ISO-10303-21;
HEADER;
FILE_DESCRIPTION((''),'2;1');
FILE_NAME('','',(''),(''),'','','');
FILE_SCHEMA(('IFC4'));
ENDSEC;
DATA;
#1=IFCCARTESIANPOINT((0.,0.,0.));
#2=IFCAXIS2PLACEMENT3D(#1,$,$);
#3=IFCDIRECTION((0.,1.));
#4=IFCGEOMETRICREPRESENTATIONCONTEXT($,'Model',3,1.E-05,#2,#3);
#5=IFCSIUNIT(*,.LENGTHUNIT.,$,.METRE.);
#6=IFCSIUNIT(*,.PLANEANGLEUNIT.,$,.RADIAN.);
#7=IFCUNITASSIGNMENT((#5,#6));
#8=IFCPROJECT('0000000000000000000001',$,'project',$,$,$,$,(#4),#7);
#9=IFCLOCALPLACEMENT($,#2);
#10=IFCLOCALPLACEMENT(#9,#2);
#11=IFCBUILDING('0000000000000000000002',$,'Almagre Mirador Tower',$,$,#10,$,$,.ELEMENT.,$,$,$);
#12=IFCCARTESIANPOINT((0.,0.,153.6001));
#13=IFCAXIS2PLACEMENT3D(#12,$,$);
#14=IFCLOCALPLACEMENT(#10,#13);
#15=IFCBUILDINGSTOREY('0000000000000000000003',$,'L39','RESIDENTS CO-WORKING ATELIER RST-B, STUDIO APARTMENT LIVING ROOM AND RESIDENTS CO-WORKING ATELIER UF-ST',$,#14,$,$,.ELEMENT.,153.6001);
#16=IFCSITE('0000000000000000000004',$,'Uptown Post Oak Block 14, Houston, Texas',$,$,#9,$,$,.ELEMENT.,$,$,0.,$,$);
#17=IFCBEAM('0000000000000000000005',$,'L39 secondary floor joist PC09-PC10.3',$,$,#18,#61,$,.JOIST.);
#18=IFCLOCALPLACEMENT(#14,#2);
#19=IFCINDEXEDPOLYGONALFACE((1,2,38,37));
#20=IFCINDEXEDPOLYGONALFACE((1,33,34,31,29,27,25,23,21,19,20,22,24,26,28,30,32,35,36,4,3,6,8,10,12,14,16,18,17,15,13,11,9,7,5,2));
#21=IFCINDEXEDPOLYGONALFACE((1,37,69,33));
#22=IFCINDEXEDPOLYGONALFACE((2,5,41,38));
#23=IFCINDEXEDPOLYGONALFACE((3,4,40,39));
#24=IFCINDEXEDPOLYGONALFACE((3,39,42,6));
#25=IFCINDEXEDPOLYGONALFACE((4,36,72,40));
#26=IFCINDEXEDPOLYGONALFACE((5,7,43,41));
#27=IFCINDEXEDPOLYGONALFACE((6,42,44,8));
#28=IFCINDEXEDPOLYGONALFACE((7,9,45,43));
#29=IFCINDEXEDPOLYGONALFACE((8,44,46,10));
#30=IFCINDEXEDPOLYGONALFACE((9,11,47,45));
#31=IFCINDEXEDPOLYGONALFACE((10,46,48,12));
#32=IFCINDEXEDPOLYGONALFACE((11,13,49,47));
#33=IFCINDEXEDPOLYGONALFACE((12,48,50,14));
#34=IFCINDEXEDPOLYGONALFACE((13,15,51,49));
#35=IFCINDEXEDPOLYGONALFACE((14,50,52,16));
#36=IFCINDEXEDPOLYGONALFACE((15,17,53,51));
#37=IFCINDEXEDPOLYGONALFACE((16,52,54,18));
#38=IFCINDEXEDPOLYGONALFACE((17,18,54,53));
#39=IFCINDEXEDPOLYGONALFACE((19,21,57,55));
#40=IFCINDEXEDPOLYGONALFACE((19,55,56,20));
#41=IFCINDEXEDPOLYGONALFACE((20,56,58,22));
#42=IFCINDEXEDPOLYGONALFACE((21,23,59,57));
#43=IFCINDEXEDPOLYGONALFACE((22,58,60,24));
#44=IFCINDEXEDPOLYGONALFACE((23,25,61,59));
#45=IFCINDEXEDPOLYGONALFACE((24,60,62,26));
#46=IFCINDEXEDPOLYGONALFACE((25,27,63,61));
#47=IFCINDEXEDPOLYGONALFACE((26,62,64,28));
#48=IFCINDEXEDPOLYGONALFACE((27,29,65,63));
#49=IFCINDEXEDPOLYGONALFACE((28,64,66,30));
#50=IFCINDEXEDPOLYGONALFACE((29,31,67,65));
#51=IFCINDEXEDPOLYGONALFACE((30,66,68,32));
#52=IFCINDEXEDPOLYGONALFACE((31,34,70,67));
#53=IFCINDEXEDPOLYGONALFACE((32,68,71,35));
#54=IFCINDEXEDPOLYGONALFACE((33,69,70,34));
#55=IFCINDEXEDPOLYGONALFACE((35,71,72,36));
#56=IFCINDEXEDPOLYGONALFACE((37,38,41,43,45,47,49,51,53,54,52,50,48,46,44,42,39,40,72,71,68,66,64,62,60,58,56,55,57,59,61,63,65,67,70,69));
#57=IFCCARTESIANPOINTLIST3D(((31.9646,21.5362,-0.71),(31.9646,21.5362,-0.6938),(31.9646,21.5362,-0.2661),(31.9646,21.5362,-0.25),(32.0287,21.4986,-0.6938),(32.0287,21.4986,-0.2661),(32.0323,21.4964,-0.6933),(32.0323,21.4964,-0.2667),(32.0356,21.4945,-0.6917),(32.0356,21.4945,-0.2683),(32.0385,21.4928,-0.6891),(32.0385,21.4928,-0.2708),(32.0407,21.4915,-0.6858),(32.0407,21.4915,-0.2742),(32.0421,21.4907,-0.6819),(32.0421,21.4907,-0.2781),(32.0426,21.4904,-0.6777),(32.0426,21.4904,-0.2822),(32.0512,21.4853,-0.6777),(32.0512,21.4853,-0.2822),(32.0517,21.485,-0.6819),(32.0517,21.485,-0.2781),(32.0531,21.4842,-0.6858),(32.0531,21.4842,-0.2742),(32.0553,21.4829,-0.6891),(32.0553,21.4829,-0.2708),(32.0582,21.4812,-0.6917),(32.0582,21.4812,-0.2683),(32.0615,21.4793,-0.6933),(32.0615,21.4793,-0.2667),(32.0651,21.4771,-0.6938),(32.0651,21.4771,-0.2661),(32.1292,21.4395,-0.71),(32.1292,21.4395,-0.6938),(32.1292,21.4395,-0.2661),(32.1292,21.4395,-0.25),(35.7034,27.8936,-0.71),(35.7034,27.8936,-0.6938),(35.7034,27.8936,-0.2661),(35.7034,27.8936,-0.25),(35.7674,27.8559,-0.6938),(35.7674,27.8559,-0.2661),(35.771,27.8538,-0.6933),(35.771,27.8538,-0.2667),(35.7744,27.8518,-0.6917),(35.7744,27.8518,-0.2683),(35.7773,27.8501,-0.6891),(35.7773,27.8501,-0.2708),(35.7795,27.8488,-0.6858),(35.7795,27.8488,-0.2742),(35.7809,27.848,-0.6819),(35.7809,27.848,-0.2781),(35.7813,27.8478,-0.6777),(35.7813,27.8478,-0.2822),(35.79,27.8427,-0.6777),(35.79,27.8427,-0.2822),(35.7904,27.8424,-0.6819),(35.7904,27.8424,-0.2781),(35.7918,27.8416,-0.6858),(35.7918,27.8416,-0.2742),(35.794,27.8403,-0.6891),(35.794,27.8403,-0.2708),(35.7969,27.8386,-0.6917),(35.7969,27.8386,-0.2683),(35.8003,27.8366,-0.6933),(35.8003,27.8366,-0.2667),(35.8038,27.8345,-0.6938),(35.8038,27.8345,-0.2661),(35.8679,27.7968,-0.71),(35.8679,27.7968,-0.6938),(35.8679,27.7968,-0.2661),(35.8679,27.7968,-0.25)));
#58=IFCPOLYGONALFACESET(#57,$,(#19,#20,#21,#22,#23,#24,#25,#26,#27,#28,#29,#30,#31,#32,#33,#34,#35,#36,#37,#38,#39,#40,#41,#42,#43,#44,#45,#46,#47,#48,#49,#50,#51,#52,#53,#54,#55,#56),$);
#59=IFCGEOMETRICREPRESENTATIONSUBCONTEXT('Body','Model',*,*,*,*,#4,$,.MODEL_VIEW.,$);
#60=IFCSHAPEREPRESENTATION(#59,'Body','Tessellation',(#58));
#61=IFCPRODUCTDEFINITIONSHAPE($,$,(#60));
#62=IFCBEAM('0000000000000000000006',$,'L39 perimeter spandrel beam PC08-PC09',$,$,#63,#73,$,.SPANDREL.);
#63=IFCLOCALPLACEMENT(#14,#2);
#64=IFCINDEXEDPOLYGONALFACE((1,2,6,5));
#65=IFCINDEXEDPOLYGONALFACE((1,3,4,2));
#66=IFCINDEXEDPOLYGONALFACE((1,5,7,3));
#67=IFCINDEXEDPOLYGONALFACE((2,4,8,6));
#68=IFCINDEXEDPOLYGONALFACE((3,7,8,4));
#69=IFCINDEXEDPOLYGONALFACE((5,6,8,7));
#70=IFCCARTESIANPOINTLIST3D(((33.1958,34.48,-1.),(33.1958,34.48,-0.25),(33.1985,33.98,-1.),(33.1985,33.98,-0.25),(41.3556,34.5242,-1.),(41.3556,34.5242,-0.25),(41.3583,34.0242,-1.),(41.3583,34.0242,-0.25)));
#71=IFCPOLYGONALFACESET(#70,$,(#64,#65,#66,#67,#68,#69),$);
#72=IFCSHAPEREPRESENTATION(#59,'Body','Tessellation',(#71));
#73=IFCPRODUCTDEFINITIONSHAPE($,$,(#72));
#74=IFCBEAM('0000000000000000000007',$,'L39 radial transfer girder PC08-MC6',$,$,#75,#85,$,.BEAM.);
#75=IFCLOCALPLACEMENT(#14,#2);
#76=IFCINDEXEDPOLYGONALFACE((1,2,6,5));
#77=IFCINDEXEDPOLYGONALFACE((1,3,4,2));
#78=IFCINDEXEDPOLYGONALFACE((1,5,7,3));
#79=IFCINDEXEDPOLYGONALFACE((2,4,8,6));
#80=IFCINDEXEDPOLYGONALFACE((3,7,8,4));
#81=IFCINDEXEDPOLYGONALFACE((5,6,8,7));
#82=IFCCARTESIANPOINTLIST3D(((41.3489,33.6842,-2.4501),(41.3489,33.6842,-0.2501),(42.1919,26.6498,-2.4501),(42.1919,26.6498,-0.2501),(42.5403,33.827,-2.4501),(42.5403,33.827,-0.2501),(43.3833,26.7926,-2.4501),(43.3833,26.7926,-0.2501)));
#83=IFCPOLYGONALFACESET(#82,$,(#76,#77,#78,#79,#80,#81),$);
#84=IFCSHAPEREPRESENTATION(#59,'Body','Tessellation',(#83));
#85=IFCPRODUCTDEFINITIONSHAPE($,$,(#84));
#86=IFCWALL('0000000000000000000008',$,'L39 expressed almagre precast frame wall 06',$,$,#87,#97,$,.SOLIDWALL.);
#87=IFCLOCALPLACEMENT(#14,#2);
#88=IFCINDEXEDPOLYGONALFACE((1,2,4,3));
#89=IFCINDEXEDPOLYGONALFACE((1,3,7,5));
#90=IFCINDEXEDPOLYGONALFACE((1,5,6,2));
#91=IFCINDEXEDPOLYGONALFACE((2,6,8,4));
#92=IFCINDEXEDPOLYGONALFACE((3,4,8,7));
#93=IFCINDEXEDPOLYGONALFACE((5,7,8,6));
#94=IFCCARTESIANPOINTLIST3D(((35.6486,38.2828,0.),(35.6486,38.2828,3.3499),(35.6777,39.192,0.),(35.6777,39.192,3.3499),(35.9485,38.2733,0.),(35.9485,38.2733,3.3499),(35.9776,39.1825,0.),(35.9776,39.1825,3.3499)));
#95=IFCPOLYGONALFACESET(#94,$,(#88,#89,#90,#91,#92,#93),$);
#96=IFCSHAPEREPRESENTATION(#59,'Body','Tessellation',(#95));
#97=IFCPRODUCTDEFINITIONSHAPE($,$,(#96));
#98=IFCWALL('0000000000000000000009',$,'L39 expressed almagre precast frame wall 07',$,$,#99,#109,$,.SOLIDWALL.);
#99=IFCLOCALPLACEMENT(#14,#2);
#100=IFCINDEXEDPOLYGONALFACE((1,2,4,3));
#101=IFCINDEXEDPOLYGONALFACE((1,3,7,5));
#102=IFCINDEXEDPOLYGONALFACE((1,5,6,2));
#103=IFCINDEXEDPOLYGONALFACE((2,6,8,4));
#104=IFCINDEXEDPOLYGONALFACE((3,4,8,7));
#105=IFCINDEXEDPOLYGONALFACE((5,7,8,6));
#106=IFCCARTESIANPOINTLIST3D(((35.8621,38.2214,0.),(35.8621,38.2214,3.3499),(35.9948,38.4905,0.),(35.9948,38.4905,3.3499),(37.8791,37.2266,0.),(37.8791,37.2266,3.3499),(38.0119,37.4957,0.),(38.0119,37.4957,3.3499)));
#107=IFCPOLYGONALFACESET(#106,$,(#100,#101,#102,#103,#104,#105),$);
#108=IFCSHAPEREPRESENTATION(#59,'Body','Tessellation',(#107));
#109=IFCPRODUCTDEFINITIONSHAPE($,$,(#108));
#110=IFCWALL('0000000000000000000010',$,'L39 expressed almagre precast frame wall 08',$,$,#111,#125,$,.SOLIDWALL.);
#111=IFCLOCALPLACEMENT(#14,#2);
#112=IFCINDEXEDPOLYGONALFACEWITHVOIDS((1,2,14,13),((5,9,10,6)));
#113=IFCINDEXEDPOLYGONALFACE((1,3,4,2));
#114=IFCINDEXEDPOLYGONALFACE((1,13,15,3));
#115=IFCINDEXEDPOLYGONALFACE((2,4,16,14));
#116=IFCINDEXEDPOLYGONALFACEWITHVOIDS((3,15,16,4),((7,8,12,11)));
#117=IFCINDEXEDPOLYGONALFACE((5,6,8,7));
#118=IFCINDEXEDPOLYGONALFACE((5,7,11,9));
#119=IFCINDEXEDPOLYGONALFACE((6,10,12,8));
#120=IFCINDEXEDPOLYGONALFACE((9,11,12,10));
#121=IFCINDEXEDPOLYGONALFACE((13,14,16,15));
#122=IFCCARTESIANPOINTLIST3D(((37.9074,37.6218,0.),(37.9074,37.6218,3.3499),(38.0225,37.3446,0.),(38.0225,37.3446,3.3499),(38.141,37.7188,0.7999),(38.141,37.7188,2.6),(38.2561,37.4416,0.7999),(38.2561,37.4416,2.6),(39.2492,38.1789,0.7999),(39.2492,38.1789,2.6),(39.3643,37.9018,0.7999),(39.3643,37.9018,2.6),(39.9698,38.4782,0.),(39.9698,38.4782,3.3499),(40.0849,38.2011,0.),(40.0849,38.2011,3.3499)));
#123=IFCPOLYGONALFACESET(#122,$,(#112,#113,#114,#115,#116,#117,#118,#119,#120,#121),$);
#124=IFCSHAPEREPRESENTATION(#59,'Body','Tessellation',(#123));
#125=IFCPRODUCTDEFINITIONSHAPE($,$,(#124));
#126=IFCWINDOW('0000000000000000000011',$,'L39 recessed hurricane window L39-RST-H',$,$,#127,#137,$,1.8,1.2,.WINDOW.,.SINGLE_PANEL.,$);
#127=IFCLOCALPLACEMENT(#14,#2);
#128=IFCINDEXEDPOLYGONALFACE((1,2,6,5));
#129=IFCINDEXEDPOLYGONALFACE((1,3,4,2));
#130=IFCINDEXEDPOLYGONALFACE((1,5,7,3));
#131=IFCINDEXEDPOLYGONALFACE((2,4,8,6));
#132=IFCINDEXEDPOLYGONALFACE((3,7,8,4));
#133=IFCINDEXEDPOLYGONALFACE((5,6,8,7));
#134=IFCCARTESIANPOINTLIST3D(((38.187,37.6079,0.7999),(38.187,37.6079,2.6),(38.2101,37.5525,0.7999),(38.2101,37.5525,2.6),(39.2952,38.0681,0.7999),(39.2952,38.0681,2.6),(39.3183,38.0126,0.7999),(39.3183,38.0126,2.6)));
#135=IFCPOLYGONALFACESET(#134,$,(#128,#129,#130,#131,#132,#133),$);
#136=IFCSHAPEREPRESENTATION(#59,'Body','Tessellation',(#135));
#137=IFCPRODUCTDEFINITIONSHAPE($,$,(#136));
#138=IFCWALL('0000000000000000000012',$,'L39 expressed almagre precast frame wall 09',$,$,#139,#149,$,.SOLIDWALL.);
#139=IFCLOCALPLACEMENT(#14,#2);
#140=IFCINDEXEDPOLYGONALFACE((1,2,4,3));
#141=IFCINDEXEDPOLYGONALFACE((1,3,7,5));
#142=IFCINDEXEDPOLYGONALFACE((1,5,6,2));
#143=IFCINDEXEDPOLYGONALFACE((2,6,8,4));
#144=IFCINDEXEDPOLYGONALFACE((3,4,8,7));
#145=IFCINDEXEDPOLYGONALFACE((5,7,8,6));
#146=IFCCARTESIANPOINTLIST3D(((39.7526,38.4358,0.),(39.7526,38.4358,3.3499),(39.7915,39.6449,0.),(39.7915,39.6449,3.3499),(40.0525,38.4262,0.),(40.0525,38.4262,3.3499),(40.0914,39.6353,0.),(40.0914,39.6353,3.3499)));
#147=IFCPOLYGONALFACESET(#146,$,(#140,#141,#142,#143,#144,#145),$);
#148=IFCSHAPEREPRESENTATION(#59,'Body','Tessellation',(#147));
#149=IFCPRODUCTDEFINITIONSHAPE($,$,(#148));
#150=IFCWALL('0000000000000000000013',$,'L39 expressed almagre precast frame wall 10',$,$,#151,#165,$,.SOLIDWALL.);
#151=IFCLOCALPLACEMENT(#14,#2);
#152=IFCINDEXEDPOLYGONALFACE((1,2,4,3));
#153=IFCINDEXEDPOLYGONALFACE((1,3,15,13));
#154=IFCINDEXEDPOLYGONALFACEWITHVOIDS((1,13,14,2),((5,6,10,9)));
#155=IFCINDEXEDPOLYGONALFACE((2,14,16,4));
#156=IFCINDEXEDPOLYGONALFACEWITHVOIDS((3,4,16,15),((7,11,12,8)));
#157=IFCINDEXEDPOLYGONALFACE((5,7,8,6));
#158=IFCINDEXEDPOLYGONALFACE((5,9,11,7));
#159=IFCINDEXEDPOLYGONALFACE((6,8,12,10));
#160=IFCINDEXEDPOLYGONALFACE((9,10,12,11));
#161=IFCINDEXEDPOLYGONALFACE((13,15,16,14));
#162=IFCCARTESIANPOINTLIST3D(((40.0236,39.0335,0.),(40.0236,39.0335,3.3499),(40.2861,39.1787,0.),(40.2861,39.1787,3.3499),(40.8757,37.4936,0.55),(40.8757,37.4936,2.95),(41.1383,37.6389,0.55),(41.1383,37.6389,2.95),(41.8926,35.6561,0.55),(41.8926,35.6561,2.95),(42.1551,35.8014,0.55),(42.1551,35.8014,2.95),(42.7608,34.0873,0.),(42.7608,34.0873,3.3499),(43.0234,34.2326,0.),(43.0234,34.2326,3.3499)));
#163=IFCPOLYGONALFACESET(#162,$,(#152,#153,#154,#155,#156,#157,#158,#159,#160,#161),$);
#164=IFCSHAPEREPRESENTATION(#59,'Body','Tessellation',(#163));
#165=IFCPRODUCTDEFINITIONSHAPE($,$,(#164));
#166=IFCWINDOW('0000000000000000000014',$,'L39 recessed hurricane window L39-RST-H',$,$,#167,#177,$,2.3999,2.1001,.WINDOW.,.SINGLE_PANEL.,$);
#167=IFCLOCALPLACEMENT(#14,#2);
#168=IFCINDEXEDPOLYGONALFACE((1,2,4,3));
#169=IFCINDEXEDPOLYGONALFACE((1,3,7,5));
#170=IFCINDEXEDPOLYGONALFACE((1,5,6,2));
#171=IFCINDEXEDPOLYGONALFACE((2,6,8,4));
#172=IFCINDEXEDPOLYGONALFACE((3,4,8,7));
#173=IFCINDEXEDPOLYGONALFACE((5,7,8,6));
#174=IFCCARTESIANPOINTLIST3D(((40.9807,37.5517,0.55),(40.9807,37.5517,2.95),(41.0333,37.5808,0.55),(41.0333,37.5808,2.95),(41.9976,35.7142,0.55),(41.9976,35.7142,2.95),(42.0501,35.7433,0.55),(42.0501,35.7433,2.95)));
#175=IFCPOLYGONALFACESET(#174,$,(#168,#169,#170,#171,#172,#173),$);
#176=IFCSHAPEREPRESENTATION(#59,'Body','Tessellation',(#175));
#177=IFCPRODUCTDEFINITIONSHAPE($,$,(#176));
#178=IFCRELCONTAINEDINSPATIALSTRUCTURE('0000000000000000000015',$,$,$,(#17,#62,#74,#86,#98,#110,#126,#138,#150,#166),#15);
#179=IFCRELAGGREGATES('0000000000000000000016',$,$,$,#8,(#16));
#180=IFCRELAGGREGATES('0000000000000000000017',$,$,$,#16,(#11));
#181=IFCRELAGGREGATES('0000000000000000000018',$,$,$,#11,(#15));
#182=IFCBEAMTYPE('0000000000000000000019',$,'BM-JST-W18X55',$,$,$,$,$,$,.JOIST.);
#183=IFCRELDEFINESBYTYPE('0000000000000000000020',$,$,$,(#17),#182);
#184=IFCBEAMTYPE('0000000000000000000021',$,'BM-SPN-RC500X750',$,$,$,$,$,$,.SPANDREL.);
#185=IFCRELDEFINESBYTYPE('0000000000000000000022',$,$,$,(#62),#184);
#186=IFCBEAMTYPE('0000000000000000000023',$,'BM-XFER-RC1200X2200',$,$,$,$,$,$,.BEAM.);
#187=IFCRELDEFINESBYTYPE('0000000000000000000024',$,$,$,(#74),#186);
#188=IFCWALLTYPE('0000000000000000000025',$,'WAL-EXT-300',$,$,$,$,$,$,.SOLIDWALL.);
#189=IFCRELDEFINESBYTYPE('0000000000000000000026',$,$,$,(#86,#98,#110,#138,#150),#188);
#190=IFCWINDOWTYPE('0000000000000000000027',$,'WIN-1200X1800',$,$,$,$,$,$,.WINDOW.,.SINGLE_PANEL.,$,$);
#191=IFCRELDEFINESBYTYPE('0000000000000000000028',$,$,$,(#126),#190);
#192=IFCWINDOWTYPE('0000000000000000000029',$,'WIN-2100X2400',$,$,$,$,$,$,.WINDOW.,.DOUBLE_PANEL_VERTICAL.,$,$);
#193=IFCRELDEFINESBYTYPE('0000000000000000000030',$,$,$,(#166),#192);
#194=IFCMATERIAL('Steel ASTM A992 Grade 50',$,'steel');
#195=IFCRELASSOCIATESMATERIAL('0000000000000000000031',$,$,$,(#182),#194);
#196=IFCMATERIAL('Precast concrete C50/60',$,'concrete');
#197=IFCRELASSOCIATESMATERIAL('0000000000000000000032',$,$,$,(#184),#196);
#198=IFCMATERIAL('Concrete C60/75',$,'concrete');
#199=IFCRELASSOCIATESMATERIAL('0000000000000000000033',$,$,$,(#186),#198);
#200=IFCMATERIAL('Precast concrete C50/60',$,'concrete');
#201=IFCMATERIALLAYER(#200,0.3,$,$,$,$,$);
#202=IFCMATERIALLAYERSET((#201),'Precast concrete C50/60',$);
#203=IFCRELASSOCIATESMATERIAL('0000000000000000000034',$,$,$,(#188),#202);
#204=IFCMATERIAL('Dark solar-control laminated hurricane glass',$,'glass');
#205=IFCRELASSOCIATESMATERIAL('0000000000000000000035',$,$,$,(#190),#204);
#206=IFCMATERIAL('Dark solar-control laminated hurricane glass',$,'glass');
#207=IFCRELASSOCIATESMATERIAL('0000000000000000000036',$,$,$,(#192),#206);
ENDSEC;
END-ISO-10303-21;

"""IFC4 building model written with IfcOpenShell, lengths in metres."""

from ifc_helpers import new_model, si_unit, direction, frame, frame_2d, origin, origin_2d, place, context, subcontext, project, spatial, rectangle, i_section, extrude, material, layer, layer_set, material_profile, profile_set, type_object, element, fill, save


model = new_model("IFC4")

# Units and contexts
model_context = context("Model", 3, precision=1e-05, world=origin(), true_north=direction((0.0, 1.0)))
body_context = subcontext(model_context, "Body", "Model", "MODEL_VIEW")
ifc_project = project(units=[si_unit("LENGTHUNIT", "METRE"), si_unit("PLANEANGLEUNIT", "RADIAN")], contexts=[model_context])

# Site, building, storey
site_placement = place(None, origin())
site = spatial("IfcSite", under=ifc_project, at=site_placement, Name="Uptown Post Oak Block 14, Houston, Texas", CompositionType="ELEMENT", RefElevation=0.0)
building_placement = place(site_placement, origin())
building = spatial("IfcBuilding", under=site, at=building_placement, Name="Almagre Mirador Tower", CompositionType="ELEMENT")
storey_placement = place(building_placement, frame((0.0, 0.0, 153.6001)))
storey = spatial("IfcBuildingStorey", under=building, at=storey_placement, Name="L39", Description="RESIDENTS CO-WORKING ATELIER RST-B, STUDIO APARTMENT LIVING ROOM AND RESIDENTS CO-WORKING ATELIER UF-ST", CompositionType="ELEMENT", Elevation=153.6001)

# Beams
ifc_material_1 = material(Name="Steel ASTM A992 Grade 50", Category="steel")
ifc_material_profile_1 = material_profile(ifc_material_1, i_section(OverallWidth=0.1909, OverallDepth=0.46, WebThickness=0.01, FlangeThickness=0.0161, FilletRadius=0.0161, at=origin_2d()), Name="W18X55")
ifc_profile_set_1 = profile_set([ifc_material_profile_1], Name="Steel ASTM A992 Grade 50")
beam_type_1 = type_object("IfcBeamType", Name="BM-JST-W18X55", PredefinedType="JOIST", material=ifc_profile_set_1)
beam_1_placement = place(storey_placement, frame((35.7856, 27.8452, -0.48), z_axis=(-0.50693, -0.861987, 0.0), x_axis=(0.861987, -0.50693, 0.0)))
element("IfcBeam", 1, at=beam_1_placement, inside=storey, type_object=beam_type_1, Name="L39 secondary floor joist PC09-PC10.3", PredefinedType="JOIST", context=body_context, shape_type="SweptSolid", body=[
    extrude(i_section(OverallWidth=0.1909, OverallDepth=0.46, WebThickness=0.01, FlangeThickness=0.0161, FilletRadius=0.0161, at=origin_2d()), origin(), (0.0, 0.0, 1.0), 7.3752),
])
ifc_material_2 = material(Name="Precast concrete C50/60", Category="concrete")
ifc_material_profile_2 = material_profile(ifc_material_2, rectangle(XDim=0.5, YDim=0.75, at=origin_2d()), Name="RC500X750")
ifc_profile_set_2 = profile_set([ifc_material_profile_2], Name="Precast concrete C50/60")
beam_type_2 = type_object("IfcBeamType", Name="BM-SPN-RC500X750", PredefinedType="SPANDREL", material=ifc_profile_set_2)
beam_2_placement = place(storey_placement, frame((41.3569, 34.2742, -0.625), z_axis=(-0.999985, -0.005415, 0.0), x_axis=(0.005415, -0.999985, 0.0)))
element("IfcBeam", 2, at=beam_2_placement, inside=storey, type_object=beam_type_2, Name="L39 perimeter spandrel beam PC08-PC09", PredefinedType="SPANDREL", context=body_context, shape_type="SweptSolid", body=[
    extrude(rectangle(XDim=0.5, YDim=0.75, at=origin_2d()), origin(), (0.0, 0.0, 1.0), 8.1599),
])
ifc_material_3 = material(Name="Concrete C60/75", Category="concrete")
ifc_material_profile_3 = material_profile(ifc_material_3, rectangle(XDim=1.2, YDim=2.2, at=origin_2d()), Name="RC1200X2200")
ifc_profile_set_3 = profile_set([ifc_material_profile_3], Name="Concrete C60/75")
beam_type_3 = type_object("IfcBeamType", Name="BM-XFER-RC1200X2200", PredefinedType="BEAM", material=ifc_profile_set_3)
beam_3_placement = place(storey_placement, frame((41.9446, 33.7556, -1.3501), z_axis=(0.11899, -0.992895, 0.0), x_axis=(0.992895, 0.11899, 0.0)))
element("IfcBeam", 3, at=beam_3_placement, inside=storey, type_object=beam_type_3, Name="L39 radial transfer girder PC08-MC6", PredefinedType="BEAM", context=body_context, shape_type="SweptSolid", body=[
    extrude(rectangle(XDim=1.2, YDim=2.2, at=origin_2d()), origin(), (0.0, 0.0, 1.0), 7.0847),
])

# Walls
ifc_material_4 = material(Name="Precast concrete C50/60", Category="concrete")
ifc_layer_1 = layer(ifc_material_4, 0.3)
ifc_layer_set_1 = layer_set([ifc_layer_1], Name="Precast concrete C50/60")
wall_type_1 = type_object("IfcWallType", Name="WAL-EXT-300", PredefinedType="SOLIDWALL", material=ifc_layer_set_1)
wall_1_placement = place(storey_placement, frame((35.8276, 39.1873, 0.0), z_axis=(0.0, 0.0, 1.0), x_axis=(-0.031939, -0.99949, 0.0)))
element("IfcWall", 4, at=wall_1_placement, inside=storey, type_object=wall_type_1, Name="L39 expressed almagre precast frame wall 06", PredefinedType="SOLIDWALL", context=body_context, shape_type="SweptSolid", body=[
    extrude(rectangle(XDim=0.9097, YDim=0.3, at=frame_2d((0.4548, 0.0))), origin(), (0.0, 0.0, 1.0), 3.3499),
])
wall_2_placement = place(storey_placement, frame((35.9285, 38.356, 0.0), z_axis=(0.0, 0.0, 1.0), x_axis=(0.896846, -0.442344, 0.0)))
element("IfcWall", 5, at=wall_2_placement, inside=storey, type_object=wall_type_1, Name="L39 expressed almagre precast frame wall 07", PredefinedType="SOLIDWALL", context=body_context, shape_type="SweptSolid", body=[
    extrude(rectangle(XDim=2.249, YDim=0.3, at=frame_2d((1.1245, 0.0))), origin(), (0.0, 0.0, 1.0), 3.3499),
])

# Wall, opening, window
wall_3_placement = place(storey_placement, frame((37.9648, 37.4832, 0.0), z_axis=(0.0, 0.0, 1.0), x_axis=(0.923542, 0.383497, 0.0)))
wall_3 = element("IfcWall", 6, at=wall_3_placement, inside=storey, type_object=wall_type_1, Name="L39 expressed almagre precast frame wall 08", PredefinedType="SOLIDWALL", context=body_context, shape_type="SweptSolid", body=[
    extrude(rectangle(XDim=2.2332, YDim=0.3, at=frame_2d((1.1167, 0.0))), origin(), (0.0, 0.0, 1.0), 3.3499),
])
opening_1_placement = place(wall_3_placement, frame((0.2529, 0.0, 0.8)))
opening_1 = element("IfcOpeningElement", 7, at=opening_1_placement, cuts=wall_3, PredefinedType="OPENING", context=body_context, shape_type="SweptSolid", body=[
    extrude(rectangle(XDim=1.2, YDim=1.8, at=frame_2d((0.6001, 0.8999))), frame((0.0, 0.1599, 0.0), z_axis=(0.0, -1.0, 0.0), x_axis=(1.0, 0.0, 0.0)), (0.0, 0.0, 1.0), 0.32),
])
ifc_material_5 = material(Name="Dark solar-control laminated hurricane glass", Category="glass")
window_type_1 = type_object("IfcWindowType", Name="WIN-1200X1800", PartitioningType="SINGLE_PANEL", PredefinedType="WINDOW", material=ifc_material_5)
window_1_placement = place(opening_1_placement, origin())
window_1 = element("IfcWindow", 8, at=window_1_placement, inside=storey, type_object=window_type_1, Name="L39 recessed hurricane window L39-RST-H", OverallHeight=1.8, OverallWidth=1.2, PartitioningType="SINGLE_PANEL", PredefinedType="WINDOW", context=body_context, shape_type="SweptSolid", body=[
    extrude(rectangle(XDim=1.2, YDim=1.8, at=frame_2d((0.6001, 0.8999))), frame((0.0, 0.03, 0.0), z_axis=(0.0, -1.0, 0.0), x_axis=(1.0, 0.0, 0.0)), (0.0, 0.0, 1.0), 0.0601),
])
fill(opening_1, window_1)

# Wall
wall_4_placement = place(storey_placement, frame((39.9026, 38.4309, 0.0), z_axis=(0.0, 0.0, 1.0), x_axis=(0.032092, 0.999485, 0.0)))
element("IfcWall", 9, at=wall_4_placement, inside=storey, type_object=wall_type_1, Name="L39 expressed almagre precast frame wall 09", PredefinedType="SOLIDWALL", context=body_context, shape_type="SweptSolid", body=[
    extrude(rectangle(XDim=1.2097, YDim=0.3, at=frame_2d((0.605, 0.0))), origin(), (0.0, 0.0, 1.0), 3.3499),
])

# Wall, opening, window
wall_5_placement = place(storey_placement, frame((40.1548, 39.1062, 0.0), z_axis=(0.0, 0.0, 1.0), x_axis=(0.484205, -0.874955, 0.0)))
wall_5 = element("IfcWall", 10, at=wall_5_placement, inside=storey, type_object=wall_type_1, Name="L39 expressed almagre precast frame wall 10", PredefinedType="SOLIDWALL", context=body_context, shape_type="SweptSolid", body=[
    extrude(rectangle(XDim=5.6531, YDim=0.3, at=frame_2d((2.8267, 0.0))), origin(), (0.0, 0.0, 1.0), 3.3499),
])
opening_2_placement = place(wall_5_placement, frame((1.76, 0.0, 0.55)))
opening_2 = element("IfcOpeningElement", 11, at=opening_2_placement, cuts=wall_5, PredefinedType="OPENING", context=body_context, shape_type="SweptSolid", body=[
    extrude(rectangle(XDim=2.1001, YDim=2.3999, at=frame_2d((1.05, 1.2))), frame((0.0, 0.1599, 0.0), z_axis=(0.0, -1.0, 0.0), x_axis=(1.0, 0.0, 0.0)), (0.0, 0.0, 1.0), 0.32),
])
ifc_material_6 = material(Name="Dark solar-control laminated hurricane glass", Category="glass")
window_type_2 = type_object("IfcWindowType", Name="WIN-2100X2400", PartitioningType="DOUBLE_PANEL_VERTICAL", PredefinedType="WINDOW", material=ifc_material_6)
window_2_placement = place(opening_2_placement, origin())
window_2 = element("IfcWindow", 12, at=window_2_placement, inside=storey, type_object=window_type_2, Name="L39 recessed hurricane window L39-RST-H", OverallHeight=2.3999, OverallWidth=2.1001, PartitioningType="SINGLE_PANEL", PredefinedType="WINDOW", context=body_context, shape_type="SweptSolid", body=[
    extrude(rectangle(XDim=2.1001, YDim=2.3999, at=frame_2d((1.05, 1.2))), frame((0.0, 0.03, 0.0), z_axis=(0.0, -1.0, 0.0), x_axis=(1.0, 0.0, 0.0)), (0.0, 0.0, 1.0), 0.0601),
])
fill(opening_2, window_2)

save(model, "model.ifc")
